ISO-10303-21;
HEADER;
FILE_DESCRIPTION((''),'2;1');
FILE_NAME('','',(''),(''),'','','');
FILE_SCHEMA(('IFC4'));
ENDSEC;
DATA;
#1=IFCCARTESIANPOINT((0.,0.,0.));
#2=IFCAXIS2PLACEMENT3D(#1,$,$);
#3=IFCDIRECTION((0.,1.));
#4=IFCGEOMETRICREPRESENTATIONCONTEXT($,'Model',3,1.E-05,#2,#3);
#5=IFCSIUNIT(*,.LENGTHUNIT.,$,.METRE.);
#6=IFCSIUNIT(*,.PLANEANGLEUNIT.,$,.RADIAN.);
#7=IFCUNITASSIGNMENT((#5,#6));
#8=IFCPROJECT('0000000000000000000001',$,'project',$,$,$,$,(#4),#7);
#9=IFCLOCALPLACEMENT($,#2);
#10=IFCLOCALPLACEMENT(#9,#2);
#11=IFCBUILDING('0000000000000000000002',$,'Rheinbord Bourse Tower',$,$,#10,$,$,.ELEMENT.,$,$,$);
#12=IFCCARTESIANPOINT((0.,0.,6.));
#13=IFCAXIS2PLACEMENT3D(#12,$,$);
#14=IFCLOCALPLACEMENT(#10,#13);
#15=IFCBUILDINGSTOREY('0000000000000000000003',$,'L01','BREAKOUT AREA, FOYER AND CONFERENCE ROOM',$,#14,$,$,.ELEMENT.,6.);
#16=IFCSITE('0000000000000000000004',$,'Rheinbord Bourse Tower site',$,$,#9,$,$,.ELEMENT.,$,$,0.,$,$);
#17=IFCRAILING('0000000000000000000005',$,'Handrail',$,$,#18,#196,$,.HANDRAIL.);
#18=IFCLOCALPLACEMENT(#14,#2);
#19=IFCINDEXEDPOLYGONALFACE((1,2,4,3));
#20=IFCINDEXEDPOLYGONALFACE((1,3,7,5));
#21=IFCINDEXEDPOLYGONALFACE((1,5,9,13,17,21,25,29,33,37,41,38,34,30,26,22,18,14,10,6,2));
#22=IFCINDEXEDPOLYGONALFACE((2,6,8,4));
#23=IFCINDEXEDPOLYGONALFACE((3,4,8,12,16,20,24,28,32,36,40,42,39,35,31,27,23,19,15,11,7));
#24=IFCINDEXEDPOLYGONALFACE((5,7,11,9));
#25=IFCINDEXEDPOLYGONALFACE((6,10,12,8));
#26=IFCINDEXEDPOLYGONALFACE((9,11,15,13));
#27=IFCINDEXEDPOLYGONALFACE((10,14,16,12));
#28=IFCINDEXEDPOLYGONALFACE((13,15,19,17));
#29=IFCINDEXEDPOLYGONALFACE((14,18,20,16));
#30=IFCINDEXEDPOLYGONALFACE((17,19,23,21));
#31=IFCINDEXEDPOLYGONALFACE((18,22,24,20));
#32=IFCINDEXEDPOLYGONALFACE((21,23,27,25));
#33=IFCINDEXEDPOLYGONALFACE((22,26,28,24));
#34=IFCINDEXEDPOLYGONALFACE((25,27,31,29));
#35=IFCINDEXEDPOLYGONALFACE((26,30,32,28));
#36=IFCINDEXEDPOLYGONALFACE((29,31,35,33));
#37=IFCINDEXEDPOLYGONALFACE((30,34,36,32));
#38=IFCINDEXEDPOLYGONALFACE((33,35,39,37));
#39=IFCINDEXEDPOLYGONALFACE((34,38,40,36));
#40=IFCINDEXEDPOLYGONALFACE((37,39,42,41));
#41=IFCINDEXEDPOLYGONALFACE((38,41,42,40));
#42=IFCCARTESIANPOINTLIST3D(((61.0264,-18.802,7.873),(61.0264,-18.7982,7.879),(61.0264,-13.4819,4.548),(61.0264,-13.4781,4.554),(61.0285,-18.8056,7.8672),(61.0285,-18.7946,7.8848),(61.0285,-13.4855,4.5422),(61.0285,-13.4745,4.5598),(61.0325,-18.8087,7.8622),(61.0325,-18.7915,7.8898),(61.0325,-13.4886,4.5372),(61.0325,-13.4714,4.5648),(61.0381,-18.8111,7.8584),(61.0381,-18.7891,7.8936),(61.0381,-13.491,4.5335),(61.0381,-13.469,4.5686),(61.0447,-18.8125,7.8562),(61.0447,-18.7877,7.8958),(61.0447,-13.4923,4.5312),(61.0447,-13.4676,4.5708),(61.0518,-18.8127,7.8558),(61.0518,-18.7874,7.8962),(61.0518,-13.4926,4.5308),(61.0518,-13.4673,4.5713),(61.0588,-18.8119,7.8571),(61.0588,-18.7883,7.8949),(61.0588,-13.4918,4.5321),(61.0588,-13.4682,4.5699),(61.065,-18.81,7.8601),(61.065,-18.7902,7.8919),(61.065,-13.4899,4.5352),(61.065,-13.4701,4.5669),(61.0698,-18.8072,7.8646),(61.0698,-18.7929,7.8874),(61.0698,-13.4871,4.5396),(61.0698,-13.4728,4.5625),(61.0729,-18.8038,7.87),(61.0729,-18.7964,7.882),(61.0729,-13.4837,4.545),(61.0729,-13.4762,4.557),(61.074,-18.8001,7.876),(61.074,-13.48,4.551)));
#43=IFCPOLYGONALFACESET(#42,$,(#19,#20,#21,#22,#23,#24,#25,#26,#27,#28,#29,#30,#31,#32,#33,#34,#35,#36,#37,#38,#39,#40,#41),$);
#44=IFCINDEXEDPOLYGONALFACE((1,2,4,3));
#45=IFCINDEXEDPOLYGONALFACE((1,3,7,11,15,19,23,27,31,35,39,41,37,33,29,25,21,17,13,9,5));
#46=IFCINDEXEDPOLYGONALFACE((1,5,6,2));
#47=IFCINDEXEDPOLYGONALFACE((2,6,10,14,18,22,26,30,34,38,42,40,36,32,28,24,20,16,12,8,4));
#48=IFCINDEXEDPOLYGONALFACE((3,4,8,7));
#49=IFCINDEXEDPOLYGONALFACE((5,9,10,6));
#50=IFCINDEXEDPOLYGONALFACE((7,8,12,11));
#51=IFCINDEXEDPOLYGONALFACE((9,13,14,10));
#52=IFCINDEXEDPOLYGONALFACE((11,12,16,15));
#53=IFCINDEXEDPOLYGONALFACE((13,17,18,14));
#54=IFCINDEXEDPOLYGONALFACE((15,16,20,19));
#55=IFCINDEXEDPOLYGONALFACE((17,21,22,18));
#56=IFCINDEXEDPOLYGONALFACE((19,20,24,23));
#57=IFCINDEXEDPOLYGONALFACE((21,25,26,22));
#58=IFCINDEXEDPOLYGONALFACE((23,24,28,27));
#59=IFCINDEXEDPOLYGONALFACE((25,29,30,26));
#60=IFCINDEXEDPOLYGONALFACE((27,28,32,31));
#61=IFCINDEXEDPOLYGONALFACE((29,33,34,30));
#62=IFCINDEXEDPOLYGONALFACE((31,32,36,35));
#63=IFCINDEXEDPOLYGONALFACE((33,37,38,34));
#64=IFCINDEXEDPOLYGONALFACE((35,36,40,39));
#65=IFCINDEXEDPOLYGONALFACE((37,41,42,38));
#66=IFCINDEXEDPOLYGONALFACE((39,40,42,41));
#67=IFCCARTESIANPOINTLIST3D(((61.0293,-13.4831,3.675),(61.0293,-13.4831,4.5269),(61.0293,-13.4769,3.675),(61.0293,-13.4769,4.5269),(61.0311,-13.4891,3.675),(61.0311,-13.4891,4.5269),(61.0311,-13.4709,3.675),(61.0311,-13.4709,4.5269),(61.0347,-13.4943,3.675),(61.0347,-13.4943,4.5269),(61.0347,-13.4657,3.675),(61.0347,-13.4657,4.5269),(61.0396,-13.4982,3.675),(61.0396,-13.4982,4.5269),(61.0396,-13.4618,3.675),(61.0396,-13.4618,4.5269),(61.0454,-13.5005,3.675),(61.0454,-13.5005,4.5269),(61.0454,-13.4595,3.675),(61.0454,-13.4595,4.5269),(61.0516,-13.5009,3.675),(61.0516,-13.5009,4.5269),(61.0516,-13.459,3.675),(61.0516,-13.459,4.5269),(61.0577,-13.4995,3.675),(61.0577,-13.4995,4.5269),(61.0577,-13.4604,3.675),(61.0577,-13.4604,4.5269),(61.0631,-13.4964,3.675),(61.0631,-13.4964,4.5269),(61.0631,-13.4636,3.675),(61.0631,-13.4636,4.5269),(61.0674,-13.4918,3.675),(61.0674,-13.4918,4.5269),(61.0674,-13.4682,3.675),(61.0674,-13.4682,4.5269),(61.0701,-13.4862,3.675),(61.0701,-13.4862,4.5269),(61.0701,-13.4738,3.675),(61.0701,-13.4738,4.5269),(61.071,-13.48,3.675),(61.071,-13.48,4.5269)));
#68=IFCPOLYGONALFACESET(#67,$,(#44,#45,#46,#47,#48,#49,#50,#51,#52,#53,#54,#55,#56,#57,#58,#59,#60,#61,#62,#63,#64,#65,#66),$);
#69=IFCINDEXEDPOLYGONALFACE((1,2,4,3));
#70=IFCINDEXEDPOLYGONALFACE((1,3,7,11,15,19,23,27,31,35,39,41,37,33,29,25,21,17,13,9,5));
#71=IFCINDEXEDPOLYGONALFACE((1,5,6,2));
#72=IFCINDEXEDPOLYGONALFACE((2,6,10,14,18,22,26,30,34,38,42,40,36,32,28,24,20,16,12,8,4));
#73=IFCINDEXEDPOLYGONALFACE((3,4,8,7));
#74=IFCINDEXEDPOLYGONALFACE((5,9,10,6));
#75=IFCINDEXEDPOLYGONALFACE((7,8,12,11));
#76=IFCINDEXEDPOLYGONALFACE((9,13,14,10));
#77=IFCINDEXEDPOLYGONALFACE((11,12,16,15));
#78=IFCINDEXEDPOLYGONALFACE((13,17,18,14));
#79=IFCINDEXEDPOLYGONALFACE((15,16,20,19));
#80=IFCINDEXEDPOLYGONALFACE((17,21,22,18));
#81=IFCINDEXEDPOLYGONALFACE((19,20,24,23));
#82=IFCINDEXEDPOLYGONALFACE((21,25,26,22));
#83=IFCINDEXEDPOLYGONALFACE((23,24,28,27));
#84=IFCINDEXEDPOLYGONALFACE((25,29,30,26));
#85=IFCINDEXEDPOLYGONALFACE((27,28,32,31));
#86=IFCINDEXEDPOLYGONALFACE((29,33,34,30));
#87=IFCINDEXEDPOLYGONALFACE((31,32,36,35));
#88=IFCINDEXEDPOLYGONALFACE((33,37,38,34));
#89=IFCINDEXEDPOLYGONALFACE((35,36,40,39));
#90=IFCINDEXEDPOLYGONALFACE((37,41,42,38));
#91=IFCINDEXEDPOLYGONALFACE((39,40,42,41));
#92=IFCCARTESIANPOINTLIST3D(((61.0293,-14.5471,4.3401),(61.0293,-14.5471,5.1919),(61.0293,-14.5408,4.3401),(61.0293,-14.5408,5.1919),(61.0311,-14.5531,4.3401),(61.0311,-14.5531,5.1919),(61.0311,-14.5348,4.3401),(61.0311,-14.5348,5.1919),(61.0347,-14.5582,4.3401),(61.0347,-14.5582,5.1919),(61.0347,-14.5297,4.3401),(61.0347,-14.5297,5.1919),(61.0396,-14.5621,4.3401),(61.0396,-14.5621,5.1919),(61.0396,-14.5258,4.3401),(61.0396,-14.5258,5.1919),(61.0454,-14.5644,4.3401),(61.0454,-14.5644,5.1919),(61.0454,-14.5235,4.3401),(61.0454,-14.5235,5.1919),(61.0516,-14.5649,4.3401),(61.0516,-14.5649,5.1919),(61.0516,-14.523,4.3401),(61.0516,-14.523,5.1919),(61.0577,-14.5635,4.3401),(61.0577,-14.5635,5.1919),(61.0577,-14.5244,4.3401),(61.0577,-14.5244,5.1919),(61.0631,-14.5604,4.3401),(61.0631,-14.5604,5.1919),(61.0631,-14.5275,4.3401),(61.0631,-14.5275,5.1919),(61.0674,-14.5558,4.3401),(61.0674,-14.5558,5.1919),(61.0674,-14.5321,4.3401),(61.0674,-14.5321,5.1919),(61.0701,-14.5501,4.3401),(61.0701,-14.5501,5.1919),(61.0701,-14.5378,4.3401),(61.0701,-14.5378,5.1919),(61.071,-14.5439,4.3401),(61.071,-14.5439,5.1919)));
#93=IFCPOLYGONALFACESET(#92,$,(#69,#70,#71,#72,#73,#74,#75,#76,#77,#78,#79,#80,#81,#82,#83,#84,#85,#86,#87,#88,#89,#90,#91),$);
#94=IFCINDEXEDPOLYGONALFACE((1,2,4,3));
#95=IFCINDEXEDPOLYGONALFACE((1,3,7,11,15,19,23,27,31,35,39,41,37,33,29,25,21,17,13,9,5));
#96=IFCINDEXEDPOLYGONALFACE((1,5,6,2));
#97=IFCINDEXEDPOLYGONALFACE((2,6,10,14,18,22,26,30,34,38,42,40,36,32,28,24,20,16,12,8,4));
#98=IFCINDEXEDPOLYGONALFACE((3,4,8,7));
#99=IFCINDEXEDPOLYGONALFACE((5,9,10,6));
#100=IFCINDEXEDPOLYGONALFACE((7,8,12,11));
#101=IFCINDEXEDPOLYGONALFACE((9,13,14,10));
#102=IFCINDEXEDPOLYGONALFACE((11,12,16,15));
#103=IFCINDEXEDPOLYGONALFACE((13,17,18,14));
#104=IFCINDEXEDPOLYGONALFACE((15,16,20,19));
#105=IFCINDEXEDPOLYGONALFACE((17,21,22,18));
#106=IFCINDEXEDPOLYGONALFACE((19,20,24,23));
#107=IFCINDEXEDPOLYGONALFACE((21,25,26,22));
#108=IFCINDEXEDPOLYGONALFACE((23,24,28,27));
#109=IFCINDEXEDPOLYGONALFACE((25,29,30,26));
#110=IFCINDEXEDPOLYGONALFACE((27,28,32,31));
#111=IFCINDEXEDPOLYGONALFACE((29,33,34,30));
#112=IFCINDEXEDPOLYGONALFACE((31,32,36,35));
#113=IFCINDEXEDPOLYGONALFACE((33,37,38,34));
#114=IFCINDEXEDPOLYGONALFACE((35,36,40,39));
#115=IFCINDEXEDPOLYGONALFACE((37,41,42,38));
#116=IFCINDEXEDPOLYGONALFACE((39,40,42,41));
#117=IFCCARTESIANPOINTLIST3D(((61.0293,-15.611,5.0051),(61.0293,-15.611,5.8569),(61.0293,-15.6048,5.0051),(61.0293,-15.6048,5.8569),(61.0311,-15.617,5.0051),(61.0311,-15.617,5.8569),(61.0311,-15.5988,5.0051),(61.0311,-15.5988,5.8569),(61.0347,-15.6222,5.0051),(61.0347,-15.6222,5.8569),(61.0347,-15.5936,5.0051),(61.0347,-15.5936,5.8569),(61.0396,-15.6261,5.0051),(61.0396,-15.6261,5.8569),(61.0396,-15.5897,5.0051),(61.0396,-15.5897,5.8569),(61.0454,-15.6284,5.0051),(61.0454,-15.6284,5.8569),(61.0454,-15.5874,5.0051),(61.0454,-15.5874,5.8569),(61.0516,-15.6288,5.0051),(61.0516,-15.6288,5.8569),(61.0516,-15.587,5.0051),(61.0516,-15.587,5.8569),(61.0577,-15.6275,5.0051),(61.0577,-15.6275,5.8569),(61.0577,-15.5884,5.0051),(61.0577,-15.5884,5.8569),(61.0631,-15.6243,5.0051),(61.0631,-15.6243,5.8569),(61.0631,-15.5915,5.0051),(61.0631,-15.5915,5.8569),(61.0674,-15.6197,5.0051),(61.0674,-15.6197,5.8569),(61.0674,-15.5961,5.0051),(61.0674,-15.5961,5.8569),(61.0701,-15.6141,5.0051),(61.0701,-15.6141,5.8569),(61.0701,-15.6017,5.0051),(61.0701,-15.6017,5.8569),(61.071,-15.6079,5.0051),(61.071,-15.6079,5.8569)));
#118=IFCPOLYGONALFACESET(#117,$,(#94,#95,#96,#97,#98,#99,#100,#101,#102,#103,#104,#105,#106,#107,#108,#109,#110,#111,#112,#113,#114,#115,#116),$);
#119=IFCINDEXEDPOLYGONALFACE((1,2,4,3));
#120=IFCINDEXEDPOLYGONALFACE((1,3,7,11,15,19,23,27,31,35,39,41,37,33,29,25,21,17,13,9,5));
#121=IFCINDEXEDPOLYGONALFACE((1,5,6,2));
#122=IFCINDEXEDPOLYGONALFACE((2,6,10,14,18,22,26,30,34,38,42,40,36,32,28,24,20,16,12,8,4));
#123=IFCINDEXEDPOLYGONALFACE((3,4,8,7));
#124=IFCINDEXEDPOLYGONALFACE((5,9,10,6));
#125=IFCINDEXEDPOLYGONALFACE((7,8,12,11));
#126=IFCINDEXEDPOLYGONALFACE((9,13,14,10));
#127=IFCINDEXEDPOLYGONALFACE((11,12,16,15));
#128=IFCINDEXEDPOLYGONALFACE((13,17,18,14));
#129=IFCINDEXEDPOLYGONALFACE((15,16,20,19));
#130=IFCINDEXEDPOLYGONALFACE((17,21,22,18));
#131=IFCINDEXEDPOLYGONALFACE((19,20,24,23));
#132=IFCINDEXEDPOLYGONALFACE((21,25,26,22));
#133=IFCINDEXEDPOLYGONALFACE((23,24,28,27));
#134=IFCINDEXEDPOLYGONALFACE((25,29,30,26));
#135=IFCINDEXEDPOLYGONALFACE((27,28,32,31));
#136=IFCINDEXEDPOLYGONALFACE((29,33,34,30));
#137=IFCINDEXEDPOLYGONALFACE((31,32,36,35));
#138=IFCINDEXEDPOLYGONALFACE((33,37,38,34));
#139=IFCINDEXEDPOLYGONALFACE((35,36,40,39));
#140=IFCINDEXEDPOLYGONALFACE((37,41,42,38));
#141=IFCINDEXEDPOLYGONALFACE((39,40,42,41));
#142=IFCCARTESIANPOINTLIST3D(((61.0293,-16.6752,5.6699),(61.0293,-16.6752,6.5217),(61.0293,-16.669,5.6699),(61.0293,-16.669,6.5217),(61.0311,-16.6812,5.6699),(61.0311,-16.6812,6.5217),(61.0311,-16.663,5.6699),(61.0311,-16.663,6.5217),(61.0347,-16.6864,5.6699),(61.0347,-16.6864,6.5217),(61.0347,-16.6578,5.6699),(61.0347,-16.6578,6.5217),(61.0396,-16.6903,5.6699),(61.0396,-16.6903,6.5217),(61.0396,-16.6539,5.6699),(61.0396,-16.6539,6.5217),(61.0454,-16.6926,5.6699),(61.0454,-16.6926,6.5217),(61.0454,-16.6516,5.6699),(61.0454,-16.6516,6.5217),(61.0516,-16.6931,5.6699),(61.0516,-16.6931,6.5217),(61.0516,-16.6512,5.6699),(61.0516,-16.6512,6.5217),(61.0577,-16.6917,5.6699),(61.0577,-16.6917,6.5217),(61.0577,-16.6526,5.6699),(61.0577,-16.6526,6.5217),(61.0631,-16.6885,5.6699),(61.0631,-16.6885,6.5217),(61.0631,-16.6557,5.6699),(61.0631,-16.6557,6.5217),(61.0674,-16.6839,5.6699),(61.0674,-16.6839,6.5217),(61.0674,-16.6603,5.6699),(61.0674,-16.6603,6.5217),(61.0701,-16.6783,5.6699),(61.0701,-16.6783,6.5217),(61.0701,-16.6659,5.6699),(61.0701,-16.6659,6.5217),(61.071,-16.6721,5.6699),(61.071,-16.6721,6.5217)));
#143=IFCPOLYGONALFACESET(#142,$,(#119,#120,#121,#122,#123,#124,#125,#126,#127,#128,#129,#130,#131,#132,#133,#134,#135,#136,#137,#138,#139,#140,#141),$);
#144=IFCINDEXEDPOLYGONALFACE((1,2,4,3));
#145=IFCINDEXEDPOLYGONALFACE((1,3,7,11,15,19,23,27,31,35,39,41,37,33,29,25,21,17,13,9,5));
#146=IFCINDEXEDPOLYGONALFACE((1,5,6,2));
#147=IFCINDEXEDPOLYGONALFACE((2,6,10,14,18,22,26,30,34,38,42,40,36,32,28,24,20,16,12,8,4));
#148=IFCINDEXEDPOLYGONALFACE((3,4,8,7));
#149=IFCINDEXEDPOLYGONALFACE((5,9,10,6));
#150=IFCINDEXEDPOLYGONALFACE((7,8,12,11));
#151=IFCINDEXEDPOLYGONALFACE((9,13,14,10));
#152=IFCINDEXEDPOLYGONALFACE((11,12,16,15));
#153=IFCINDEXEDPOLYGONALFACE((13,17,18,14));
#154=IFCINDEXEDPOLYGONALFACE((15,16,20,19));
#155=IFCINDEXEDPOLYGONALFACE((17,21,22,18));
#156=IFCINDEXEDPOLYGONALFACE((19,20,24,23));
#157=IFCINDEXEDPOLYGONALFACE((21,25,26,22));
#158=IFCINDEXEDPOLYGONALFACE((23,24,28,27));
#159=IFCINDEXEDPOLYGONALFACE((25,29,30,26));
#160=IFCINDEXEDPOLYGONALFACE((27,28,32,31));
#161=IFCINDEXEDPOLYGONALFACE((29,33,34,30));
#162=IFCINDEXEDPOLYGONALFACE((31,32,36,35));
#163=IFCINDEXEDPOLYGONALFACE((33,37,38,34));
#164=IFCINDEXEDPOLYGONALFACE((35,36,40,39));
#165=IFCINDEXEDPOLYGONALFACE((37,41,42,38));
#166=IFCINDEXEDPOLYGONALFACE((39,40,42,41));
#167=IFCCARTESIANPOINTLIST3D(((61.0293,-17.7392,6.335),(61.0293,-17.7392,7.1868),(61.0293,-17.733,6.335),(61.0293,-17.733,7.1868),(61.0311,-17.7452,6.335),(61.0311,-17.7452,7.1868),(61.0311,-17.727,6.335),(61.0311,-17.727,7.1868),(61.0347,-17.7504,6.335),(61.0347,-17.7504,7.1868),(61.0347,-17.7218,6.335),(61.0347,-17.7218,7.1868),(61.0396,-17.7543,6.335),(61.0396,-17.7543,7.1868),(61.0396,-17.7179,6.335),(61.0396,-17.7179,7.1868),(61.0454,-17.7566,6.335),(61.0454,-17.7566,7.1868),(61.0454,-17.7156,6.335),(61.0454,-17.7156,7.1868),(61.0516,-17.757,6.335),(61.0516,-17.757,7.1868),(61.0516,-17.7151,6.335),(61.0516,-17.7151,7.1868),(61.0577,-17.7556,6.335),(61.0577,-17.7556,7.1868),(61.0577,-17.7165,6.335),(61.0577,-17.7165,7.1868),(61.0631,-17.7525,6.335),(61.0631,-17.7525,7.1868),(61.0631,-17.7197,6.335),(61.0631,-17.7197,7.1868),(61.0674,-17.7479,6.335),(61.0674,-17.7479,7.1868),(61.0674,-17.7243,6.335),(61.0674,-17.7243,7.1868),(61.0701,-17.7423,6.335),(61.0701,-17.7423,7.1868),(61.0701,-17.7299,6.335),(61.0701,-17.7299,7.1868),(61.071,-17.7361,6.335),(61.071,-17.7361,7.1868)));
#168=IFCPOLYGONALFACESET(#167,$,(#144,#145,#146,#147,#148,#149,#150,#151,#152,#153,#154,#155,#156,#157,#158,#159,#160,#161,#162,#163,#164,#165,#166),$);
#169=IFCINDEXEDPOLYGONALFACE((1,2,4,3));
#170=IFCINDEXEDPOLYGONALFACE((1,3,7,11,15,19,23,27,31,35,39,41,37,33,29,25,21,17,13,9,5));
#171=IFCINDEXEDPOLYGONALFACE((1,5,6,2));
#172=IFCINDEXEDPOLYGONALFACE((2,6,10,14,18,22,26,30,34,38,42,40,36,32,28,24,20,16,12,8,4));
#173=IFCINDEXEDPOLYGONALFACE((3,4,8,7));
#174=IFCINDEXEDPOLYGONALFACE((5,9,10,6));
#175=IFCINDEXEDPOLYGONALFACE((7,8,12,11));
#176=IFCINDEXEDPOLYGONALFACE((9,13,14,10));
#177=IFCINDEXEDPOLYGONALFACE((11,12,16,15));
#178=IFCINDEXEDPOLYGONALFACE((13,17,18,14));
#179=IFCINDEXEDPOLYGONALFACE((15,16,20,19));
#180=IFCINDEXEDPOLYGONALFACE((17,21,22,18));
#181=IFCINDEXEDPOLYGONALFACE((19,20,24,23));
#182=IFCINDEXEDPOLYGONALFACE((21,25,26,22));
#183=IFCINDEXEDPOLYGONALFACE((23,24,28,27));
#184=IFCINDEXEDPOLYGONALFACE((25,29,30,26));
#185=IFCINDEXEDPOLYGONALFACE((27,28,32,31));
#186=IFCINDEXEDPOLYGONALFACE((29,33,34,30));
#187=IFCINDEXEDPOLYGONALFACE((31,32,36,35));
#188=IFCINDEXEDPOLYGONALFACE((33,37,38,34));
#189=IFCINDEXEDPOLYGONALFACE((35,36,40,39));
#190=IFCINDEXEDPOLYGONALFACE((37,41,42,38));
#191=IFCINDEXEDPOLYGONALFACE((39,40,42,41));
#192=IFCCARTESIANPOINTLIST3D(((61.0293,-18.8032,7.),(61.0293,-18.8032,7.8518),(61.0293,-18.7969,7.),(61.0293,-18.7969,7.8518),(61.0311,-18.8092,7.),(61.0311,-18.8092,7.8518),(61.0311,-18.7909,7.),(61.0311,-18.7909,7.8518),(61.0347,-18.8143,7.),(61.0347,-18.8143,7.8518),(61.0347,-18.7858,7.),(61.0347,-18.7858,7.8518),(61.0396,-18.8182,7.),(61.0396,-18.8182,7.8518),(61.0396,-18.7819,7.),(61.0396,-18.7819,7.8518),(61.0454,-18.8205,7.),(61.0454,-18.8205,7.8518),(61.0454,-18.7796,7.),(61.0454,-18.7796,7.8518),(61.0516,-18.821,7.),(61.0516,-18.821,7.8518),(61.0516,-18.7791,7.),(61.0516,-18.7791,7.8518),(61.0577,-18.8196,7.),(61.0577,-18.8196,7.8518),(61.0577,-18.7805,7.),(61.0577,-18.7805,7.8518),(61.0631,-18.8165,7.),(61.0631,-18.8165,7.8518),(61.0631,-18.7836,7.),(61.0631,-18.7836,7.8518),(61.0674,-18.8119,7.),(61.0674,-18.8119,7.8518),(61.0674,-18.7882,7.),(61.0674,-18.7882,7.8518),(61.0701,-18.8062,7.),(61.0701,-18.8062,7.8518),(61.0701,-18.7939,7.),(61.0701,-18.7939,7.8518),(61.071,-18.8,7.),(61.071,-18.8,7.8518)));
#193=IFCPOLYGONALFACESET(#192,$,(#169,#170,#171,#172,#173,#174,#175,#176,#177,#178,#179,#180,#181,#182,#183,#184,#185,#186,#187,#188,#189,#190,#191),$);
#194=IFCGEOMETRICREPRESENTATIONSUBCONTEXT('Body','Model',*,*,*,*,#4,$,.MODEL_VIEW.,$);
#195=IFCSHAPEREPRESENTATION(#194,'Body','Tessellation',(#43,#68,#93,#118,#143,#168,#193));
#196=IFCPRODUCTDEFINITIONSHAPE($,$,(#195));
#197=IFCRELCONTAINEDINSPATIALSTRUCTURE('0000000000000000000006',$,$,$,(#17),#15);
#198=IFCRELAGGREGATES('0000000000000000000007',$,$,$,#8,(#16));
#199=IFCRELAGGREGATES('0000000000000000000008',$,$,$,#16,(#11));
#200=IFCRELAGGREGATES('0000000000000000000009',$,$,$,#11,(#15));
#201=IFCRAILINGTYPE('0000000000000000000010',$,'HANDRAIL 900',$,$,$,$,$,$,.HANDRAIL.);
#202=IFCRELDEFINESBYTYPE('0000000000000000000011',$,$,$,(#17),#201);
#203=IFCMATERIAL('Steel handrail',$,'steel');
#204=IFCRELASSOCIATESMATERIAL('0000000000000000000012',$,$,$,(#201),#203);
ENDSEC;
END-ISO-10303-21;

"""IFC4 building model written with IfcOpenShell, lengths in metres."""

from ifc_helpers import new_model, si_unit, direction, frame, origin, origin_2d, place, context, subcontext, project, spatial, circle, extrude, material, type_object, element, save


model = new_model("IFC4")

# Units and contexts
model_context = context("Model", 3, precision=1e-05, world=origin(), true_north=direction((0.0, 1.0)))
body_context = subcontext(model_context, "Body", "Model", "MODEL_VIEW")
ifc_project = project(units=[si_unit("LENGTHUNIT", "METRE"), si_unit("PLANEANGLEUNIT", "RADIAN")], contexts=[model_context])

# Site, building, storey
site_placement = place(None, origin())
site = spatial("IfcSite", under=ifc_project, at=site_placement, Name="Rheinbord Bourse Tower site", CompositionType="ELEMENT", RefElevation=0.0)
building_placement = place(site_placement, origin())
building = spatial("IfcBuilding", under=site, at=building_placement, Name="Rheinbord Bourse Tower", CompositionType="ELEMENT")
storey_placement = place(building_placement, frame((0.0, 0.0, 6.0)))
storey = spatial("IfcBuildingStorey", under=building, at=storey_placement, Name="L01", Description="BREAKOUT AREA, FOYER AND CONFERENCE ROOM", CompositionType="ELEMENT", Elevation=6.0)

# Railing
ifc_material_1 = material(Name="Steel handrail", Category="steel")
railing_type = type_object("IfcRailingType", Name="HANDRAIL 900", PredefinedType="HANDRAIL", material=ifc_material_1)
railing_1_placement = place(storey_placement, frame((61.05, -13.48, 3.675)))
element("IfcRailing", 1, at=railing_1_placement, inside=storey, type_object=railing_type, Name="Handrail", PredefinedType="HANDRAIL", context=body_context, shape_type="SweptSolid", body=[
    extrude(circle(Radius=0.0239, at=origin_2d()), frame((0.0, 0.0, 0.876), z_axis=(0.0, -0.848005, 0.529988), x_axis=(1.0, 0.0, 0.0)), (0.0, 0.0, 1.0), 6.2737),
    extrude(circle(Radius=0.021, at=origin_2d()), origin(), (0.0, 0.0, 1.0), 0.8518),
    extrude(circle(Radius=0.021, at=origin_2d()), frame((0.0, -1.064, 0.665)), (0.0, 0.0, 1.0), 0.8518),
    extrude(circle(Radius=0.021, at=origin_2d()), frame((0.0, -2.1279, 1.3301)), (0.0, 0.0, 1.0), 0.8518),
    extrude(circle(Radius=0.021, at=origin_2d()), frame((0.0, -3.1921, 1.9949)), (0.0, 0.0, 1.0), 0.8518),
    extrude(circle(Radius=0.021, at=origin_2d()), frame((0.0, -4.2561, 2.6599)), (0.0, 0.0, 1.0), 0.8518),
    extrude(circle(Radius=0.021, at=origin_2d()), frame((0.0, -5.3201, 3.325)), (0.0, 0.0, 1.0), 0.8518),
])

save(model, "model.ifc")
